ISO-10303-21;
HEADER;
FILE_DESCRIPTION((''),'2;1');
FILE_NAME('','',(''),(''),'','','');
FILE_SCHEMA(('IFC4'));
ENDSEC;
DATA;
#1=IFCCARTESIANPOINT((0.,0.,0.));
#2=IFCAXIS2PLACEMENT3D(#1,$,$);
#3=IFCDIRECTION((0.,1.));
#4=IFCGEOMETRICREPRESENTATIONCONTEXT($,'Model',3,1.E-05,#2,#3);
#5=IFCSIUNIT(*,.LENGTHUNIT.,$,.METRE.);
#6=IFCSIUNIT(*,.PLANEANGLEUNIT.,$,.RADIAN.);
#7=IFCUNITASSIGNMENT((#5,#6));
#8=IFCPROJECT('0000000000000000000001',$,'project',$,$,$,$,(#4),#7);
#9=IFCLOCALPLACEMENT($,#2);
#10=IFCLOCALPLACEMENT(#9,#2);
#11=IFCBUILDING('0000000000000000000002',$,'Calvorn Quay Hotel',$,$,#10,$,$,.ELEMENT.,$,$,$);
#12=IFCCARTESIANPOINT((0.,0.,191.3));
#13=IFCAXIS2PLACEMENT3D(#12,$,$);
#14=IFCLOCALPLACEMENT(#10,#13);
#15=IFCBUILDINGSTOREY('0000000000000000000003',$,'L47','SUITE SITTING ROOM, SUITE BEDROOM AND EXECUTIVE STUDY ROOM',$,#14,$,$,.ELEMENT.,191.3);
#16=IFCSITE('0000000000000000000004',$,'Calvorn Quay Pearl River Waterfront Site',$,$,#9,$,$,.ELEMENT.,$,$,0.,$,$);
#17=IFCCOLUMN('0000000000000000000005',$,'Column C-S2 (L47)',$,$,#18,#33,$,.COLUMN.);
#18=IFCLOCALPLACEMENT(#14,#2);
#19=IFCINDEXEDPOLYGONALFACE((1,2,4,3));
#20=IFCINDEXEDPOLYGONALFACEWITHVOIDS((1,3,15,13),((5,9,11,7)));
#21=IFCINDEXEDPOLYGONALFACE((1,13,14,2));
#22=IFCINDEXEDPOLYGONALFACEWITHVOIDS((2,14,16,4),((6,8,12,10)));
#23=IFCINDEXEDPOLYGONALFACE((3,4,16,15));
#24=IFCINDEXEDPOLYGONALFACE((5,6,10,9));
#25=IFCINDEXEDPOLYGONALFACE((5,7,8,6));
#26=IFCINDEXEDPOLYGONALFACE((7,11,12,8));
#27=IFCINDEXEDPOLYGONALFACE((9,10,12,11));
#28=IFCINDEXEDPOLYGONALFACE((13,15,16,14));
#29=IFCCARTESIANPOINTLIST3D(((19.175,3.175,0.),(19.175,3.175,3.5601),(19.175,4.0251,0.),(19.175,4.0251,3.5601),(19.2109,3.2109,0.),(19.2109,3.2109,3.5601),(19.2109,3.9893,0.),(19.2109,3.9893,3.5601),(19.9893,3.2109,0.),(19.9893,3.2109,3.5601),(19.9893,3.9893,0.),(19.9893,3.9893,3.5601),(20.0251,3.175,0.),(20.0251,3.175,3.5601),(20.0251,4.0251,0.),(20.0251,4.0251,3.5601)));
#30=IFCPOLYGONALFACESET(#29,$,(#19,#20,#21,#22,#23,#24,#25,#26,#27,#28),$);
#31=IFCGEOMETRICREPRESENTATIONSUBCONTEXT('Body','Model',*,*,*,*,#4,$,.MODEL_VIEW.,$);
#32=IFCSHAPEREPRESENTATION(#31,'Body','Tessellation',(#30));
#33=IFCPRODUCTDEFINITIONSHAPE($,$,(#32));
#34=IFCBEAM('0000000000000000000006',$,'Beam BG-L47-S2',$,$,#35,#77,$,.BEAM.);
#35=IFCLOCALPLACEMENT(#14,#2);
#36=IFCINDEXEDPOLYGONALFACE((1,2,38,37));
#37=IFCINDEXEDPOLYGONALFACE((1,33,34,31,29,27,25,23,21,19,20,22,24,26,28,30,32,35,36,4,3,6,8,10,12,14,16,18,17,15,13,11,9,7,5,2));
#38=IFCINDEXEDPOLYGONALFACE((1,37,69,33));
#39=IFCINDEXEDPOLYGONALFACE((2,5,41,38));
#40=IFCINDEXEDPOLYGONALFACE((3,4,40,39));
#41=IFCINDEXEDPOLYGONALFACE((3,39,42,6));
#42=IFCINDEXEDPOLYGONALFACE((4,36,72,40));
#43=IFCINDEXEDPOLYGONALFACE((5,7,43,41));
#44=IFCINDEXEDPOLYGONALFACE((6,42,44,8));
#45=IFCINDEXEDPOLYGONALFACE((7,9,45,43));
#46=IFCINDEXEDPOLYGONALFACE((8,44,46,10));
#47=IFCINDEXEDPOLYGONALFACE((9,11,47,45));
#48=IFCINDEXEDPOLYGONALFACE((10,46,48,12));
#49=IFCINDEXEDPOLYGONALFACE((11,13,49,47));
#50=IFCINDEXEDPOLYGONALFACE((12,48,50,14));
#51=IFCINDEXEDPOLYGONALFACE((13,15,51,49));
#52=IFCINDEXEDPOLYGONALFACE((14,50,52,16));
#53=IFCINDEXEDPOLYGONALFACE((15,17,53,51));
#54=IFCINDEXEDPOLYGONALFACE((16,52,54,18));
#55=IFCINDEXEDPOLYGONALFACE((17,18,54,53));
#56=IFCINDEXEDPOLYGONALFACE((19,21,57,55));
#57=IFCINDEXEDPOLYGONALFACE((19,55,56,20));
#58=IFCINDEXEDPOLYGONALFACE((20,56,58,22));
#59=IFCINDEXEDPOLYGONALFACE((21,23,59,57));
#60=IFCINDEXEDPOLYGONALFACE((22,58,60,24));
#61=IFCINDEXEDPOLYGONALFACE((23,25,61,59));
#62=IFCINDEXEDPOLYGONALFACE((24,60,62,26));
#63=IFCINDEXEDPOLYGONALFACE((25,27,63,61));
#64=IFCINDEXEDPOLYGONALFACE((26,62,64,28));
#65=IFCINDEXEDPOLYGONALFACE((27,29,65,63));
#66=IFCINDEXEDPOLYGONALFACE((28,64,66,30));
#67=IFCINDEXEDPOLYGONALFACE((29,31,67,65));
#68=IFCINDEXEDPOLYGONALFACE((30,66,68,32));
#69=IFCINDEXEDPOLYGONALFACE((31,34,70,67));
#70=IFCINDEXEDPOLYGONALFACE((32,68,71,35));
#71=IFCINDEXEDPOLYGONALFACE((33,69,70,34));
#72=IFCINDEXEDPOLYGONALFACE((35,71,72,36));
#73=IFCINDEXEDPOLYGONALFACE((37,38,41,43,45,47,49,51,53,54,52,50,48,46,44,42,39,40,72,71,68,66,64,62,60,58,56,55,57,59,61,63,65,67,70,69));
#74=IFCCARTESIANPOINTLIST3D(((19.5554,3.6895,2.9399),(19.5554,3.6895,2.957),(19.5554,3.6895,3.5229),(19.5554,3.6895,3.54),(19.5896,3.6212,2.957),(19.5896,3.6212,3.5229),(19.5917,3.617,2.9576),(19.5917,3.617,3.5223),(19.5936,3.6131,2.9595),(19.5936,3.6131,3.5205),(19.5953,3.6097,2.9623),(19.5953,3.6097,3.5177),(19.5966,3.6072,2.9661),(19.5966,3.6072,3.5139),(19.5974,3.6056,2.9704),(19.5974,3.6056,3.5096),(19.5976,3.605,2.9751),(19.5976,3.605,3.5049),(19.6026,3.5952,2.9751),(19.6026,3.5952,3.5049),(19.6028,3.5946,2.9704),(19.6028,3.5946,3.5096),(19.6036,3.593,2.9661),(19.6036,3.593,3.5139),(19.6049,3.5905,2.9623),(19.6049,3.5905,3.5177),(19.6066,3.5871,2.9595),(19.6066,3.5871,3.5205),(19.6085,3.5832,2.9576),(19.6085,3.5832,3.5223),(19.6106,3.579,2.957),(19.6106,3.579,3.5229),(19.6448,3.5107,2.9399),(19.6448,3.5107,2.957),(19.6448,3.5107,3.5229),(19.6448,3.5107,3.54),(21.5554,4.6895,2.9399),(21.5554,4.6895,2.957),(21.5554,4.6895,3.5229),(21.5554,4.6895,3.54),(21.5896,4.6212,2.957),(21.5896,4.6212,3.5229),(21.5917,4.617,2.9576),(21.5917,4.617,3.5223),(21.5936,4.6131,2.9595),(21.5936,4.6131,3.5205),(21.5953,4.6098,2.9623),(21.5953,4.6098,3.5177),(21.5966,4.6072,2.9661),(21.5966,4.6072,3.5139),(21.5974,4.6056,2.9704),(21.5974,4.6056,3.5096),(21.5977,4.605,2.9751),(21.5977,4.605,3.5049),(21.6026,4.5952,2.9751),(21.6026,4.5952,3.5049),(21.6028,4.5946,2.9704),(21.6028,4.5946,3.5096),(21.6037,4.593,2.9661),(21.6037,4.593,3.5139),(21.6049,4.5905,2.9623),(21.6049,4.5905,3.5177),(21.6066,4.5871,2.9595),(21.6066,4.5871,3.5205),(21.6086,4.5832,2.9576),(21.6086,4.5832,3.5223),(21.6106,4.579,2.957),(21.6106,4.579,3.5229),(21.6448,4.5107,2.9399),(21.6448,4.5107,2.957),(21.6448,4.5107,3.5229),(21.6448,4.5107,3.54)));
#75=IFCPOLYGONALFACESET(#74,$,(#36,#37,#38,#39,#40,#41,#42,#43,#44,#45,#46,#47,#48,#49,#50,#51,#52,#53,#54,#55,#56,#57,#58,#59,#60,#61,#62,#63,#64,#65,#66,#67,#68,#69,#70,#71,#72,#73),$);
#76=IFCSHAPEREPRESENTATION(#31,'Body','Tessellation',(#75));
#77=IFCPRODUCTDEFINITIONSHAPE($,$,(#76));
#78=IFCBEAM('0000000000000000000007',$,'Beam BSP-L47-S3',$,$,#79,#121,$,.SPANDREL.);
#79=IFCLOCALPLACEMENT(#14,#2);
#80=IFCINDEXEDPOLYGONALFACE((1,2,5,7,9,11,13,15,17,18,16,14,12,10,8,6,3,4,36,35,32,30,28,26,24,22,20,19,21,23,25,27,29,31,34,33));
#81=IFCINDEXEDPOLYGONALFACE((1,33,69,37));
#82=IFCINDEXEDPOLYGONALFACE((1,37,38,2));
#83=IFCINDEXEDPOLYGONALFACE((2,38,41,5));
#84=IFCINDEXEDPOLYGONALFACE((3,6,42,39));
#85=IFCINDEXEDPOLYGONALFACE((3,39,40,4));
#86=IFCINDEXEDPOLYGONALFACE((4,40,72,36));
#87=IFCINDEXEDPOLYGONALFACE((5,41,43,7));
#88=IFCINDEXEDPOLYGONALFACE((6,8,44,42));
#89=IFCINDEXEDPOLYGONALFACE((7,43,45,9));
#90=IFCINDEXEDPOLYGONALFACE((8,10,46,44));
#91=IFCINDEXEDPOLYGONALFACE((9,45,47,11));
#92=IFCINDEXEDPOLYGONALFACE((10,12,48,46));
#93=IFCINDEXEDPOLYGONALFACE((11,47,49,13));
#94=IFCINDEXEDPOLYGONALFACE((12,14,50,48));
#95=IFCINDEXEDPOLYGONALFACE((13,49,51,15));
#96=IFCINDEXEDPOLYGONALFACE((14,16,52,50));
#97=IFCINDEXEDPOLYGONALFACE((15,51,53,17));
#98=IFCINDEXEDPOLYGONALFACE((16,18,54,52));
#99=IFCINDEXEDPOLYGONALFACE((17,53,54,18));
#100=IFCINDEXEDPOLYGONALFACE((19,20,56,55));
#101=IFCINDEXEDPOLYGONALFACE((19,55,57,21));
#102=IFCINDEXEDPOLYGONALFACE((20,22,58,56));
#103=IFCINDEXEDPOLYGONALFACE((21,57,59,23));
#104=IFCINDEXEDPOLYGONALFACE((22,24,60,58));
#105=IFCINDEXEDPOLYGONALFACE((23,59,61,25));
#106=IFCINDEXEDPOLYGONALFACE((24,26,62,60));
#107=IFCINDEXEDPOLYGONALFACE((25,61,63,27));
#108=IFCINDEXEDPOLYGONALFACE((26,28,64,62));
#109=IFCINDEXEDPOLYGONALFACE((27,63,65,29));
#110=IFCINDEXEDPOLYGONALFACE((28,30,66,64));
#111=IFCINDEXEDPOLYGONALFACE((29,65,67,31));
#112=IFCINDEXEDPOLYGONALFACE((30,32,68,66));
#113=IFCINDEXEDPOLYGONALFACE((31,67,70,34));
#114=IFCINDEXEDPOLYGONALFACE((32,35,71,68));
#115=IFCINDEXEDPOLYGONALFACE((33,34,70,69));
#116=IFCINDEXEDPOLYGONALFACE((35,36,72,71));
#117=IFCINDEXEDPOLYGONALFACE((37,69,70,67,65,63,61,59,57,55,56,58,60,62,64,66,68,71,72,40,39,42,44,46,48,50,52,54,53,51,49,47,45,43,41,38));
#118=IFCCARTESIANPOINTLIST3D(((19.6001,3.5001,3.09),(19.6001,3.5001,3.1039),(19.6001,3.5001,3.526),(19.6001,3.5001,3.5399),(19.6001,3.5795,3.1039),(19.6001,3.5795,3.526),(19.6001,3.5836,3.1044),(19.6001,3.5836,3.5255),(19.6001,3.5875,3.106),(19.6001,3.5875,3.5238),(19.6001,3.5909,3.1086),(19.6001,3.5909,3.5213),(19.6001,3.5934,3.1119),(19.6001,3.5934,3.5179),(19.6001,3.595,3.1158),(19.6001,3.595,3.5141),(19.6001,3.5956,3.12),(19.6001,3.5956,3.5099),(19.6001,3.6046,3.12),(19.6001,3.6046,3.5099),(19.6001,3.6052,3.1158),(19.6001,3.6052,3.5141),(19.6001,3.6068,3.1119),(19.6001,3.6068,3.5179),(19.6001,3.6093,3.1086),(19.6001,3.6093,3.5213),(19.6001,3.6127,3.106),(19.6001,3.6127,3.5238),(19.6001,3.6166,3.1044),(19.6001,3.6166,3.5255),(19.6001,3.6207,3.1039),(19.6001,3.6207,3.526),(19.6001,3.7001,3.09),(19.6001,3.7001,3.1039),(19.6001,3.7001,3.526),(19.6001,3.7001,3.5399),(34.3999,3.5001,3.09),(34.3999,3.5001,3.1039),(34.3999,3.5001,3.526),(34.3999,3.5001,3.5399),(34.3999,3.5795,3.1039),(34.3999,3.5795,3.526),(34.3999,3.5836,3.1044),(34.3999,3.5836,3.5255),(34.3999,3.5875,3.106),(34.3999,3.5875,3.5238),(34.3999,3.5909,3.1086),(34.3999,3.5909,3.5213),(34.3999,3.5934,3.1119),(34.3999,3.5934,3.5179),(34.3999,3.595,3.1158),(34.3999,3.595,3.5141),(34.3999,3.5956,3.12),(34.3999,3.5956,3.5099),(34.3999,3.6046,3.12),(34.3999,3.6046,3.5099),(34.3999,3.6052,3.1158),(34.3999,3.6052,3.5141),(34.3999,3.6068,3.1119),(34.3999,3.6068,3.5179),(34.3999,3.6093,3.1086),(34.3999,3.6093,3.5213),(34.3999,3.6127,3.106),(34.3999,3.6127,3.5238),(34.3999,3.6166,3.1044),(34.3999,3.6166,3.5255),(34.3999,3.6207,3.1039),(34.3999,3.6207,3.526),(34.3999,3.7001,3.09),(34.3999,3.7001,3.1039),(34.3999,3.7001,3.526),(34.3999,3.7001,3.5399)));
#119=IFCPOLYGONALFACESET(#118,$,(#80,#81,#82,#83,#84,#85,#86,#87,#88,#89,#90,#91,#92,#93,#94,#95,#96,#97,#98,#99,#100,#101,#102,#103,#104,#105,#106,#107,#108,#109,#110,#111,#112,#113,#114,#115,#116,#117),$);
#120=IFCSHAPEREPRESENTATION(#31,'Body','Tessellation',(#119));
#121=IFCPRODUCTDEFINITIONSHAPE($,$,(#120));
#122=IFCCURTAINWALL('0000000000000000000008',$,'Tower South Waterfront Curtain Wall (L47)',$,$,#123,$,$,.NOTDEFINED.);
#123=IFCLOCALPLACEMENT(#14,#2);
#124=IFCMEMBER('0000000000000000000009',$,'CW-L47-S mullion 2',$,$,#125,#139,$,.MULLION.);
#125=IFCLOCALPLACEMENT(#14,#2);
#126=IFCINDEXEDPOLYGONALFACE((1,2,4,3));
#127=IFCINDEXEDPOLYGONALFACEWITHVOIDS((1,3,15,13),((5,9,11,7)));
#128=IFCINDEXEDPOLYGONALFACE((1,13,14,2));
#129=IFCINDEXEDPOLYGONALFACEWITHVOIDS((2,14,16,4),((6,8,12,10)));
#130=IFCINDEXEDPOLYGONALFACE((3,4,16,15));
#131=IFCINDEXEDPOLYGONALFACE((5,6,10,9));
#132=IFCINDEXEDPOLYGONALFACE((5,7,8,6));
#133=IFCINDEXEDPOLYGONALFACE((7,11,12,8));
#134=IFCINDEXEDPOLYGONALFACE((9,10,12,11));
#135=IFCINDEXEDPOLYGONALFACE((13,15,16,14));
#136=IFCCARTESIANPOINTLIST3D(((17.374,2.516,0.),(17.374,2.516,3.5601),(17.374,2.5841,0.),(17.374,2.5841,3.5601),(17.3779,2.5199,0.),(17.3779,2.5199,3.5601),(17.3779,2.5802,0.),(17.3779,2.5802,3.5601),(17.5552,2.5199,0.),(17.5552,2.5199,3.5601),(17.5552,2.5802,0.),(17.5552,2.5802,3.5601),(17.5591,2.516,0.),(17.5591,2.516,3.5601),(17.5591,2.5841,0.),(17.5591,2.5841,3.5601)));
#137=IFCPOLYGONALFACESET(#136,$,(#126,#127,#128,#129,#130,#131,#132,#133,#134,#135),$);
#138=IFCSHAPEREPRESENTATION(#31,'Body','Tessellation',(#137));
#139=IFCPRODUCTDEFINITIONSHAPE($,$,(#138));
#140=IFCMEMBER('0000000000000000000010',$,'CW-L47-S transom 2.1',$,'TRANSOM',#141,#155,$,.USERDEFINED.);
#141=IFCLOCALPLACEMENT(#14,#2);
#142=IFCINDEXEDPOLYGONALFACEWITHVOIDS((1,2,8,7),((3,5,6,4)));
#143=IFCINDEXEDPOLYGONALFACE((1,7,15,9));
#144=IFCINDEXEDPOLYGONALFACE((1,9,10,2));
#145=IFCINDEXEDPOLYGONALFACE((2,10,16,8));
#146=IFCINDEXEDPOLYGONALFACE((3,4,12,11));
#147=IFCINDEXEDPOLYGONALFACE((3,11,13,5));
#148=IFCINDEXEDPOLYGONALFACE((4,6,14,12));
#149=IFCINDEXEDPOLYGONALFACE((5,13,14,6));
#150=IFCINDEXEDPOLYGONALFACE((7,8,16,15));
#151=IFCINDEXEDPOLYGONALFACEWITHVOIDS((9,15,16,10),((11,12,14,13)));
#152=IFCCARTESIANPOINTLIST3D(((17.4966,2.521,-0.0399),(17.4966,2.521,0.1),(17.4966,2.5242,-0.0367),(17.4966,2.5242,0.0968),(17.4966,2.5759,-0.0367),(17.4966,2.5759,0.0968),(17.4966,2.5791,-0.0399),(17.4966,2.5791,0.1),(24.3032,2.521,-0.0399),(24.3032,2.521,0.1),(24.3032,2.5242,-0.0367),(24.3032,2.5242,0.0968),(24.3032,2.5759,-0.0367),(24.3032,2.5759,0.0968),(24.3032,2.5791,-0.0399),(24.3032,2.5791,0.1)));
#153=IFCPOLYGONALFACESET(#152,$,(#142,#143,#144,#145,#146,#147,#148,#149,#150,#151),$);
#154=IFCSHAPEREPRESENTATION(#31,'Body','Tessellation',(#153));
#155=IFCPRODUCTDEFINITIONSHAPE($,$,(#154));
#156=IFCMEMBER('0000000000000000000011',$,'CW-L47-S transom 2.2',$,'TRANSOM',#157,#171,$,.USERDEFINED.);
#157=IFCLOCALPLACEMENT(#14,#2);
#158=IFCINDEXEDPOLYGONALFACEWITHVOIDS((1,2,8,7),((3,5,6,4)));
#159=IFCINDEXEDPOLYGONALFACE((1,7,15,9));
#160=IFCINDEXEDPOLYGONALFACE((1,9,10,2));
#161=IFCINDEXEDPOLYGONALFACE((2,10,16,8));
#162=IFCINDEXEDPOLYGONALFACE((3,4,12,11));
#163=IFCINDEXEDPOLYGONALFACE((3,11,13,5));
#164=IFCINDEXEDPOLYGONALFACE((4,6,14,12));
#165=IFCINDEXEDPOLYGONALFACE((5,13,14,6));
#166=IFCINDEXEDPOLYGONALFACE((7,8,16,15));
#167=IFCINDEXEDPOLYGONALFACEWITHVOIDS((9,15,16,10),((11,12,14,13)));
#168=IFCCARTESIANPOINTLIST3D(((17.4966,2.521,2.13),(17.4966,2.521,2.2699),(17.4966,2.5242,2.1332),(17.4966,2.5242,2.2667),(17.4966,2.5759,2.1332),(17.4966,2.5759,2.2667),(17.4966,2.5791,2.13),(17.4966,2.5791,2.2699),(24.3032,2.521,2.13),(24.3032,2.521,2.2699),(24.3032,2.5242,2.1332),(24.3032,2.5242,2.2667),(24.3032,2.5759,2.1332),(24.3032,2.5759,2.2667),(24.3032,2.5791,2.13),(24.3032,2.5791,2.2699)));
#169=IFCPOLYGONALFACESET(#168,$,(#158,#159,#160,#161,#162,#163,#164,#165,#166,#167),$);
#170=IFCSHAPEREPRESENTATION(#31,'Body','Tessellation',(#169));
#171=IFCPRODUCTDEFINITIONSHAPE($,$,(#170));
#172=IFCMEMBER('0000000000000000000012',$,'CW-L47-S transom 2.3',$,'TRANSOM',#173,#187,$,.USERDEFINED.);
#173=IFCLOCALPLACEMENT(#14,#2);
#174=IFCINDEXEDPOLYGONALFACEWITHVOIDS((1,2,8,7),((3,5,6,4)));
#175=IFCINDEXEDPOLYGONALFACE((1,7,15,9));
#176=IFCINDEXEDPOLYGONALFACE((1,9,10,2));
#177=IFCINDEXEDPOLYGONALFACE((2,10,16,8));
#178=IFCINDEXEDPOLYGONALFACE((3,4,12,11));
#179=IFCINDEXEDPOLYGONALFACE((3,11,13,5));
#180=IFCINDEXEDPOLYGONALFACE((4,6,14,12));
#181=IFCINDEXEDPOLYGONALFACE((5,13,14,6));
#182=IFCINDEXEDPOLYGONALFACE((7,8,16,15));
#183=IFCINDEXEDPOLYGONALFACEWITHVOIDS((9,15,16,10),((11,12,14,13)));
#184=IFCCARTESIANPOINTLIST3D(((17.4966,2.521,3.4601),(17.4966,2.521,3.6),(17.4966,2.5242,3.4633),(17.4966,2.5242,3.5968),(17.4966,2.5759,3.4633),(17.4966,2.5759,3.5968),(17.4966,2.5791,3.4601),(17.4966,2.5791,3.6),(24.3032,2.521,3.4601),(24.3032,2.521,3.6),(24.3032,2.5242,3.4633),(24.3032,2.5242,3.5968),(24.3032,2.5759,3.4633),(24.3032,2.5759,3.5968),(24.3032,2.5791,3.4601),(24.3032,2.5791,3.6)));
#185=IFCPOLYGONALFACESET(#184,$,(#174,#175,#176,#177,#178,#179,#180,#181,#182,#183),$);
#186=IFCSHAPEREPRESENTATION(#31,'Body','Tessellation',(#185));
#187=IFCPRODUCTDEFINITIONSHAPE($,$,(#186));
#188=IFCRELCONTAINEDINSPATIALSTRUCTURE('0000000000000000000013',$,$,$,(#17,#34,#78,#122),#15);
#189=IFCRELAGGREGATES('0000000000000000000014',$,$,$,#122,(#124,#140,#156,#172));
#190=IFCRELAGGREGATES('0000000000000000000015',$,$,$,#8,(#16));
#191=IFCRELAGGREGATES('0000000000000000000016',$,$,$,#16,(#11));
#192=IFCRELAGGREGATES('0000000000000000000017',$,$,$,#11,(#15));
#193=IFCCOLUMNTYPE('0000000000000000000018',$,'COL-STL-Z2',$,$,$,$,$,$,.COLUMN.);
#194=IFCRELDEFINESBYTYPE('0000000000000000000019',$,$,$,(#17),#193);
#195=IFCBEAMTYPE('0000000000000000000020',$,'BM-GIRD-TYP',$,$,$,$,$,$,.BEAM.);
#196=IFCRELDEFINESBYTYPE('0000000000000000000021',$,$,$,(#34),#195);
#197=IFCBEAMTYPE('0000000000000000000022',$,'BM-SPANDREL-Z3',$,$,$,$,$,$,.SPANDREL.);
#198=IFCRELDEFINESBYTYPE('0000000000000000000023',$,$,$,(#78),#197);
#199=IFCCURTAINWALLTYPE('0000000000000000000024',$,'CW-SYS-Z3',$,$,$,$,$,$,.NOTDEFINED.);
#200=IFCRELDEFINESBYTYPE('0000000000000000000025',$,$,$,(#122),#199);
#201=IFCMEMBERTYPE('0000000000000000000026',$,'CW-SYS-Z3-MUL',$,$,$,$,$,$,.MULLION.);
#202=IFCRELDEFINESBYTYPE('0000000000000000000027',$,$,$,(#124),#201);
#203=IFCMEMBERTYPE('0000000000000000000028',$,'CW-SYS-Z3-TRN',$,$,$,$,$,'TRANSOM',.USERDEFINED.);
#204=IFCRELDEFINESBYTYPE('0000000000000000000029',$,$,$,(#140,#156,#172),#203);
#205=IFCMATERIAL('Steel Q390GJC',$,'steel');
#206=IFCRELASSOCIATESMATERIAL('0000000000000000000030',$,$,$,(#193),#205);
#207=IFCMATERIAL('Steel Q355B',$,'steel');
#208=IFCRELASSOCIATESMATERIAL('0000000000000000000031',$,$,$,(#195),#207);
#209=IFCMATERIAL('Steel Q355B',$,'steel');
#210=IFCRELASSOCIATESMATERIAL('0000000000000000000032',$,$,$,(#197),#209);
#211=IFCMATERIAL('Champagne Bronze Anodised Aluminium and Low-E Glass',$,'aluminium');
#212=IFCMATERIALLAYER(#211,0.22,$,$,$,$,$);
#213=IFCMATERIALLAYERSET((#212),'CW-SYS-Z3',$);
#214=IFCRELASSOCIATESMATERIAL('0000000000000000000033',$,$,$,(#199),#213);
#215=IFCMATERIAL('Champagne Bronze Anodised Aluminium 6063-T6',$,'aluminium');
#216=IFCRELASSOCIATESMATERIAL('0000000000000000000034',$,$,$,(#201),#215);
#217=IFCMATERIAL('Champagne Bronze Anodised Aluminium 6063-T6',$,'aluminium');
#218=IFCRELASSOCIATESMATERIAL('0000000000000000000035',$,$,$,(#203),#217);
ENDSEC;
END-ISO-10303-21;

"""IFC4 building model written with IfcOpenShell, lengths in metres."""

from ifc_helpers import new_model, si_unit, direction, frame, origin, origin_2d, place, context, subcontext, project, spatial, hollow_rectangle, i_section, extrude, material, layer, layer_set, material_profile, profile_set, type_object, element, aggregate, save


model = new_model("IFC4")

# Units and contexts
model_context = context("Model", 3, precision=1e-05, world=origin(), true_north=direction((0.0, 1.0)))
body_context = subcontext(model_context, "Body", "Model", "MODEL_VIEW")
ifc_project = project(units=[si_unit("LENGTHUNIT", "METRE"), si_unit("PLANEANGLEUNIT", "RADIAN")], contexts=[model_context])

# Site, building, storey
site_placement = place(None, origin())
site = spatial("IfcSite", under=ifc_project, at=site_placement, Name="Calvorn Quay Pearl River Waterfront Site", CompositionType="ELEMENT", RefElevation=0.0)
building_placement = place(site_placement, origin())
building = spatial("IfcBuilding", under=site, at=building_placement, Name="Calvorn Quay Hotel", CompositionType="ELEMENT")
storey_placement = place(building_placement, frame((0.0, 0.0, 191.3)))
storey = spatial("IfcBuildingStorey", under=building, at=storey_placement, Name="L47", Description="SUITE SITTING ROOM, SUITE BEDROOM AND EXECUTIVE STUDY ROOM", CompositionType="ELEMENT", Elevation=191.3)

# Column
ifc_material_1 = material(Name="Steel Q390GJC", Category="steel")
ifc_material_profile_1 = material_profile(ifc_material_1, hollow_rectangle(XDim=0.8501, YDim=0.8501, WallThickness=0.0359, at=origin_2d()), Name="BOX850x850x36")
ifc_profile_set_1 = profile_set([ifc_material_profile_1], Name="Steel Q390GJC")
column_type = type_object("IfcColumnType", Name="COL-STL-Z2", PredefinedType="COLUMN", material=ifc_profile_set_1)
column_placement = place(storey_placement, frame((19.6001, 3.6001, 0.0), z_axis=(0.0, 0.0, 1.0), x_axis=(1.0, 0.0, 0.0)))
element("IfcColumn", 1, at=column_placement, inside=storey, type_object=column_type, Name="Column C-S2 (L47)", PredefinedType="COLUMN", context=body_context, shape_type="SweptSolid", body=[
    extrude(hollow_rectangle(XDim=0.8501, YDim=0.8501, WallThickness=0.0359, at=origin_2d()), origin(), (0.0, 0.0, 1.0), 3.5601),
])

# Beams
ifc_material_2 = material(Name="Steel Q355B", Category="steel")
ifc_material_profile_2 = material_profile(ifc_material_2, i_section(OverallWidth=0.2, OverallDepth=0.6001, WebThickness=0.011, FlangeThickness=0.0171, FilletRadius=0.0181, at=origin_2d()), Name="HN600x200x11x17")
ifc_profile_set_2 = profile_set([ifc_material_profile_2], Name="Steel Q355B")
beam_type_1 = type_object("IfcBeamType", Name="BM-GIRD-TYP", PredefinedType="BEAM", material=ifc_profile_set_2)
beam_1_placement = place(storey_placement, frame((19.6001, 3.6001, 3.24), z_axis=(0.894427, 0.447214, 0.0), x_axis=(-0.447214, 0.894427, 0.0)))
element("IfcBeam", 2, at=beam_1_placement, inside=storey, type_object=beam_type_1, Name="Beam BG-L47-S2", PredefinedType="BEAM", context=body_context, shape_type="SweptSolid", body=[
    extrude(i_section(OverallWidth=0.2, OverallDepth=0.6001, WebThickness=0.011, FlangeThickness=0.0171, FilletRadius=0.0181, at=origin_2d()), origin(), (0.0, 0.0, 1.0), 2.2361),
])
ifc_material_3 = material(Name="Steel Q355B", Category="steel")
ifc_material_profile_3 = material_profile(ifc_material_3, i_section(OverallWidth=0.2, OverallDepth=0.45, WebThickness=0.009, FlangeThickness=0.0139, FilletRadius=0.0161, at=origin_2d()), Name="HN450x200x9x14")
ifc_profile_set_3 = profile_set([ifc_material_profile_3], Name="Steel Q355B")
beam_type_2 = type_object("IfcBeamType", Name="BM-SPANDREL-Z3", PredefinedType="SPANDREL", material=ifc_profile_set_3)
beam_2_placement = place(storey_placement, frame((19.6001, 3.6001, 3.3149), z_axis=(1.0, 0.0, 0.0), x_axis=(0.0, 1.0, 0.0)))
element("IfcBeam", 3, at=beam_2_placement, inside=storey, type_object=beam_type_2, Name="Beam BSP-L47-S3", PredefinedType="SPANDREL", context=body_context, shape_type="SweptSolid", body=[
    extrude(i_section(OverallWidth=0.2, OverallDepth=0.45, WebThickness=0.009, FlangeThickness=0.0139, FilletRadius=0.0161, at=origin_2d()), origin(), (0.0, 0.0, 1.0), 14.7998),
])

# Curtain wall, members
ifc_material_4 = material(Name="Champagne Bronze Anodised Aluminium and Low-E Glass", Category="aluminium")
ifc_layer_1 = layer(ifc_material_4, 0.22)
ifc_layer_set_1 = layer_set([ifc_layer_1], Name="CW-SYS-Z3")
curtain_wall_type = type_object("IfcCurtainWallType", Name="CW-SYS-Z3", PredefinedType="NOTDEFINED", material=ifc_layer_set_1)
curtain_wall_placement = place(storey_placement, origin())
curtain_wall = element("IfcCurtainWall", 4, at=curtain_wall_placement, inside=storey, type_object=curtain_wall_type, Name="Tower South Waterfront Curtain Wall (L47)", PredefinedType="NOTDEFINED")
ifc_material_5 = material(Name="Champagne Bronze Anodised Aluminium 6063-T6", Category="aluminium")
ifc_material_profile_4 = material_profile(ifc_material_5, hollow_rectangle(XDim=0.0681, YDim=0.1851, WallThickness=0.0039, at=origin_2d()), Name="ALU-M185x68x4")
ifc_profile_set_4 = profile_set([ifc_material_profile_4], Name="Champagne Bronze Anodised Aluminium 6063-T6")
member_type_1 = type_object("IfcMemberType", Name="CW-SYS-Z3-MUL", PredefinedType="MULLION", material=ifc_profile_set_4)
member_1_placement = place(storey_placement, frame((17.4666, 2.55, 0.0), z_axis=(0.0, 0.0, 1.0), x_axis=(0.0, 1.0, 0.0)))
member_1 = element("IfcMember", 5, at=member_1_placement, type_object=member_type_1, Name="CW-L47-S mullion 2", PredefinedType="MULLION", context=body_context, shape_type="SweptSolid", body=[
    extrude(hollow_rectangle(XDim=0.0681, YDim=0.1851, WallThickness=0.0039, at=origin_2d()), origin(), (0.0, 0.0, 1.0), 3.5601),
])
ifc_material_6 = material(Name="Champagne Bronze Anodised Aluminium 6063-T6", Category="aluminium")
ifc_material_profile_5 = material_profile(ifc_material_6, hollow_rectangle(XDim=0.0581, YDim=0.1399, WallThickness=0.0032, at=origin_2d()), Name="ALU-T140x58x3.2")
ifc_profile_set_5 = profile_set([ifc_material_profile_5], Name="Champagne Bronze Anodised Aluminium 6063-T6")
member_type_2 = type_object("IfcMemberType", Name="CW-SYS-Z3-TRN", ElementType="TRANSOM", PredefinedType="USERDEFINED", material=ifc_profile_set_5)
member_2_placement = place(storey_placement, frame((17.4966, 2.55, 0.03), z_axis=(1.0, 0.0, 0.0), x_axis=(0.0, 1.0, 0.0)))
member_2 = element("IfcMember", 6, at=member_2_placement, type_object=member_type_2, Name="CW-L47-S transom 2.1", ObjectType="TRANSOM", PredefinedType="USERDEFINED", context=body_context, shape_type="SweptSolid", body=[
    extrude(hollow_rectangle(XDim=0.0581, YDim=0.1399, WallThickness=0.0032, at=origin_2d()), origin(), (0.0, 0.0, 1.0), 6.8066),
])
member_3_placement = place(storey_placement, frame((17.4966, 2.55, 2.2), z_axis=(1.0, 0.0, 0.0), x_axis=(0.0, 1.0, 0.0)))
member_3 = element("IfcMember", 7, at=member_3_placement, type_object=member_type_2, Name="CW-L47-S transom 2.2", ObjectType="TRANSOM", PredefinedType="USERDEFINED", context=body_context, shape_type="SweptSolid", body=[
    extrude(hollow_rectangle(XDim=0.0581, YDim=0.1399, WallThickness=0.0032, at=origin_2d()), origin(), (0.0, 0.0, 1.0), 6.8066),
])
member_4_placement = place(storey_placement, frame((17.4966, 2.55, 3.53), z_axis=(1.0, 0.0, 0.0), x_axis=(0.0, 1.0, 0.0)))
member_4 = element("IfcMember", 8, at=member_4_placement, type_object=member_type_2, Name="CW-L47-S transom 2.3", ObjectType="TRANSOM", PredefinedType="USERDEFINED", context=body_context, shape_type="SweptSolid", body=[
    extrude(hollow_rectangle(XDim=0.0581, YDim=0.1399, WallThickness=0.0032, at=origin_2d()), origin(), (0.0, 0.0, 1.0), 6.8066),
])
aggregate(curtain_wall, [member_1, member_2, member_3, member_4])

save(model, "model.ifc")
